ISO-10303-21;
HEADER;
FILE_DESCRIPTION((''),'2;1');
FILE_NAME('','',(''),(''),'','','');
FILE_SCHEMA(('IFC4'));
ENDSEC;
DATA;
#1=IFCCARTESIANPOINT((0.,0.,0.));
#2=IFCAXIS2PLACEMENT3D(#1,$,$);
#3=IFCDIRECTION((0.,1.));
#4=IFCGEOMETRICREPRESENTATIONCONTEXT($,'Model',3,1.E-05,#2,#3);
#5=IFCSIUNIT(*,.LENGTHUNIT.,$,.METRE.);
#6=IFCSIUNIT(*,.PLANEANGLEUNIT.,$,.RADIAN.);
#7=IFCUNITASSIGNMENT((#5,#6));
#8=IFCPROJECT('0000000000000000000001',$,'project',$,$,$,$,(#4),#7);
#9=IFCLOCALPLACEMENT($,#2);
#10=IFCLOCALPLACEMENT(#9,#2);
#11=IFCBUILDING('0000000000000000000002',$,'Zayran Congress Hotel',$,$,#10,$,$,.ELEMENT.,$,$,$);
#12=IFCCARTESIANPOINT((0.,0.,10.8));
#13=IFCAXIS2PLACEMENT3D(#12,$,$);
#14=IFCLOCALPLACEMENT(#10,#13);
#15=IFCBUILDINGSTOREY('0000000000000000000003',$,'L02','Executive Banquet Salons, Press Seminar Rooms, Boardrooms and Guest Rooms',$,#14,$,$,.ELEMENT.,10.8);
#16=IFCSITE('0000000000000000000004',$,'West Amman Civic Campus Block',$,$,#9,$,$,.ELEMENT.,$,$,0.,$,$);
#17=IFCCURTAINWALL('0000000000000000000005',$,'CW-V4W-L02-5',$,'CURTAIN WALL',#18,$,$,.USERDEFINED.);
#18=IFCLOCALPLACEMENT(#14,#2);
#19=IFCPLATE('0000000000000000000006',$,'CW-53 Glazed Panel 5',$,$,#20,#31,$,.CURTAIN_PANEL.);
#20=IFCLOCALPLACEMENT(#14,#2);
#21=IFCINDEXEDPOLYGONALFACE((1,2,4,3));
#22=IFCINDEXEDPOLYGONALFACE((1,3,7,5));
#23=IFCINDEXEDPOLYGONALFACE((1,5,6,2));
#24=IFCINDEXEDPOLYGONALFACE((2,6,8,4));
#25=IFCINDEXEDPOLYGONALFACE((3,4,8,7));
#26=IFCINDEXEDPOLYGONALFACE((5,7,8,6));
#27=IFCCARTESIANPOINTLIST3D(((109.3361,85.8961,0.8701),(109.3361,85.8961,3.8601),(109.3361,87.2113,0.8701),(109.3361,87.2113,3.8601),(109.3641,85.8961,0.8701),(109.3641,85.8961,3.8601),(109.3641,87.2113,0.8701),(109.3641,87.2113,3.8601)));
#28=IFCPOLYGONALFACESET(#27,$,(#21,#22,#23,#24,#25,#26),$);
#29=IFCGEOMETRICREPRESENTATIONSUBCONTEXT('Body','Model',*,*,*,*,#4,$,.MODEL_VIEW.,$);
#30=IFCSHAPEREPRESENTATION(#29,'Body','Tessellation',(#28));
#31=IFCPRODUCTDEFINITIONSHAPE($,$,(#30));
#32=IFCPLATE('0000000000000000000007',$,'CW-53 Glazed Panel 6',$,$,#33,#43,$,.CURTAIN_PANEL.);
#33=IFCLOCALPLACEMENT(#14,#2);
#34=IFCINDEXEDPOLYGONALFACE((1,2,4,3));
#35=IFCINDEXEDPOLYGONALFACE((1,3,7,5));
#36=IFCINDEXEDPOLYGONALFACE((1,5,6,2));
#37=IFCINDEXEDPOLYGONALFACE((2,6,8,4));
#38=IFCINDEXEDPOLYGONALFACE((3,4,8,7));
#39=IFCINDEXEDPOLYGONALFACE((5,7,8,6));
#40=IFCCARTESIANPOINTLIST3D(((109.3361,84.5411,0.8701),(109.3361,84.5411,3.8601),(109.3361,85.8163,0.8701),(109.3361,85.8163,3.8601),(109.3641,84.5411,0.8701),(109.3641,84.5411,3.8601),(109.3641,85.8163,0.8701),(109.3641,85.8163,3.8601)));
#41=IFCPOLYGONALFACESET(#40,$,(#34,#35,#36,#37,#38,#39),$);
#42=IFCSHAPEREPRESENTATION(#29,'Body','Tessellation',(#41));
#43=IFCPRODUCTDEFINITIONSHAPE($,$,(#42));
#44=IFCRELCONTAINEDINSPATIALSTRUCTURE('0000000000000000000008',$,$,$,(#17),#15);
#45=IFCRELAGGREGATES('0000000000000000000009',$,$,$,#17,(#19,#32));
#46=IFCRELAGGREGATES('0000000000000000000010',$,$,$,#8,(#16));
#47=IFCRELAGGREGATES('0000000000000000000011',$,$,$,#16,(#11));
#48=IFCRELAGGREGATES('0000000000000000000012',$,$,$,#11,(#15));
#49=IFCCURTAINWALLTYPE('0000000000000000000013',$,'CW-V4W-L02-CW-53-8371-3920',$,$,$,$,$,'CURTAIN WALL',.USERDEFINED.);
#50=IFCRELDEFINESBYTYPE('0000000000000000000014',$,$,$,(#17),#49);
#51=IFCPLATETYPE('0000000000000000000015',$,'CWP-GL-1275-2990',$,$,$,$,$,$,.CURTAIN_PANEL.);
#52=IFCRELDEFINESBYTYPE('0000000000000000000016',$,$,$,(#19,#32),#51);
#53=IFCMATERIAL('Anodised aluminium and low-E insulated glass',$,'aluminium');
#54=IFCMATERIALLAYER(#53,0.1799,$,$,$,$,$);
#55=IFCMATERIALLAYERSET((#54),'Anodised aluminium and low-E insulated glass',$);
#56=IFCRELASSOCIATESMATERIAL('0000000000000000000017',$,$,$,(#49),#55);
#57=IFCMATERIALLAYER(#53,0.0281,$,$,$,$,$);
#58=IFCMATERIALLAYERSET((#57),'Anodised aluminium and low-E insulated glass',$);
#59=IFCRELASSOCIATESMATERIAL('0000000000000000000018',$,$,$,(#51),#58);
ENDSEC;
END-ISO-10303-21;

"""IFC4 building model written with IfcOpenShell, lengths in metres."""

from ifc_helpers import new_model, si_unit, direction, frame, origin, origin_2d, place, context, subcontext, project, spatial, rectangle, extrude, material, layer, layer_set, type_object, element, aggregate, save


model = new_model("IFC4")

# Units and contexts
model_context = context("Model", 3, precision=1e-05, world=origin(), true_north=direction((0.0, 1.0)))
body_context = subcontext(model_context, "Body", "Model", "MODEL_VIEW")
ifc_project = project(units=[si_unit("LENGTHUNIT", "METRE"), si_unit("PLANEANGLEUNIT", "RADIAN")], contexts=[model_context])

# Site, building, storey
site_placement = place(None, origin())
site = spatial("IfcSite", under=ifc_project, at=site_placement, Name="West Amman Civic Campus Block", CompositionType="ELEMENT", RefElevation=0.0)
building_placement = place(site_placement, origin())
building = spatial("IfcBuilding", under=site, at=building_placement, Name="Zayran Congress Hotel", CompositionType="ELEMENT")
storey_placement = place(building_placement, frame((0.0, 0.0, 10.8)))
storey = spatial("IfcBuildingStorey", under=building, at=storey_placement, Name="L02", Description="Executive Banquet Salons, Press Seminar Rooms, Boardrooms and Guest Rooms", CompositionType="ELEMENT", Elevation=10.8)

# Curtain wall, plates
ifc_material_1 = material(Name="Anodised aluminium and low-E insulated glass", Category="aluminium")
ifc_layer_1 = layer(ifc_material_1, 0.1799)
ifc_layer_set_1 = layer_set([ifc_layer_1], Name="Anodised aluminium and low-E insulated glass")
curtain_wall_type = type_object("IfcCurtainWallType", Name="CW-V4W-L02-CW-53-8371-3920", ElementType="CURTAIN WALL", PredefinedType="USERDEFINED", material=ifc_layer_set_1)
curtain_wall_placement = place(storey_placement, origin())
curtain_wall = element("IfcCurtainWall", 1, at=curtain_wall_placement, inside=storey, type_object=curtain_wall_type, Name="CW-V4W-L02-5", ObjectType="CURTAIN WALL", PredefinedType="USERDEFINED")
ifc_layer_2 = layer(ifc_material_1, 0.0281)
ifc_layer_set_2 = layer_set([ifc_layer_2], Name="Anodised aluminium and low-E insulated glass")
plate_type_1 = type_object("IfcPlateType", Name="CWP-GL-1275-2990", PredefinedType="CURTAIN_PANEL", material=ifc_layer_set_2)
plate_1_placement = place(storey_placement, frame((109.3501, 86.5537, 0.8701), z_axis=(0.0, 0.0, 1.0), x_axis=(0.0, 1.0, 0.0)))
plate_1 = element("IfcPlate", 2, at=plate_1_placement, type_object=plate_type_1, Name="CW-53 Glazed Panel 5", PredefinedType="CURTAIN_PANEL", context=body_context, shape_type="SweptSolid", body=[
    extrude(rectangle(XDim=1.3152, YDim=0.0281, at=origin_2d()), origin(), (0.0, 0.0, 1.0), 2.99),
])
plate_2_placement = place(storey_placement, frame((109.3501, 85.1787, 0.8701), z_axis=(0.0, 0.0, 1.0), x_axis=(0.0, 1.0, 0.0)))
plate_2 = element("IfcPlate", 3, at=plate_2_placement, type_object=plate_type_1, Name="CW-53 Glazed Panel 6", PredefinedType="CURTAIN_PANEL", context=body_context, shape_type="SweptSolid", body=[
    extrude(rectangle(XDim=1.2751, YDim=0.0281, at=origin_2d()), origin(), (0.0, 0.0, 1.0), 2.99),
])
aggregate(curtain_wall, [plate_1, plate_2])

save(model, "model.ifc")
